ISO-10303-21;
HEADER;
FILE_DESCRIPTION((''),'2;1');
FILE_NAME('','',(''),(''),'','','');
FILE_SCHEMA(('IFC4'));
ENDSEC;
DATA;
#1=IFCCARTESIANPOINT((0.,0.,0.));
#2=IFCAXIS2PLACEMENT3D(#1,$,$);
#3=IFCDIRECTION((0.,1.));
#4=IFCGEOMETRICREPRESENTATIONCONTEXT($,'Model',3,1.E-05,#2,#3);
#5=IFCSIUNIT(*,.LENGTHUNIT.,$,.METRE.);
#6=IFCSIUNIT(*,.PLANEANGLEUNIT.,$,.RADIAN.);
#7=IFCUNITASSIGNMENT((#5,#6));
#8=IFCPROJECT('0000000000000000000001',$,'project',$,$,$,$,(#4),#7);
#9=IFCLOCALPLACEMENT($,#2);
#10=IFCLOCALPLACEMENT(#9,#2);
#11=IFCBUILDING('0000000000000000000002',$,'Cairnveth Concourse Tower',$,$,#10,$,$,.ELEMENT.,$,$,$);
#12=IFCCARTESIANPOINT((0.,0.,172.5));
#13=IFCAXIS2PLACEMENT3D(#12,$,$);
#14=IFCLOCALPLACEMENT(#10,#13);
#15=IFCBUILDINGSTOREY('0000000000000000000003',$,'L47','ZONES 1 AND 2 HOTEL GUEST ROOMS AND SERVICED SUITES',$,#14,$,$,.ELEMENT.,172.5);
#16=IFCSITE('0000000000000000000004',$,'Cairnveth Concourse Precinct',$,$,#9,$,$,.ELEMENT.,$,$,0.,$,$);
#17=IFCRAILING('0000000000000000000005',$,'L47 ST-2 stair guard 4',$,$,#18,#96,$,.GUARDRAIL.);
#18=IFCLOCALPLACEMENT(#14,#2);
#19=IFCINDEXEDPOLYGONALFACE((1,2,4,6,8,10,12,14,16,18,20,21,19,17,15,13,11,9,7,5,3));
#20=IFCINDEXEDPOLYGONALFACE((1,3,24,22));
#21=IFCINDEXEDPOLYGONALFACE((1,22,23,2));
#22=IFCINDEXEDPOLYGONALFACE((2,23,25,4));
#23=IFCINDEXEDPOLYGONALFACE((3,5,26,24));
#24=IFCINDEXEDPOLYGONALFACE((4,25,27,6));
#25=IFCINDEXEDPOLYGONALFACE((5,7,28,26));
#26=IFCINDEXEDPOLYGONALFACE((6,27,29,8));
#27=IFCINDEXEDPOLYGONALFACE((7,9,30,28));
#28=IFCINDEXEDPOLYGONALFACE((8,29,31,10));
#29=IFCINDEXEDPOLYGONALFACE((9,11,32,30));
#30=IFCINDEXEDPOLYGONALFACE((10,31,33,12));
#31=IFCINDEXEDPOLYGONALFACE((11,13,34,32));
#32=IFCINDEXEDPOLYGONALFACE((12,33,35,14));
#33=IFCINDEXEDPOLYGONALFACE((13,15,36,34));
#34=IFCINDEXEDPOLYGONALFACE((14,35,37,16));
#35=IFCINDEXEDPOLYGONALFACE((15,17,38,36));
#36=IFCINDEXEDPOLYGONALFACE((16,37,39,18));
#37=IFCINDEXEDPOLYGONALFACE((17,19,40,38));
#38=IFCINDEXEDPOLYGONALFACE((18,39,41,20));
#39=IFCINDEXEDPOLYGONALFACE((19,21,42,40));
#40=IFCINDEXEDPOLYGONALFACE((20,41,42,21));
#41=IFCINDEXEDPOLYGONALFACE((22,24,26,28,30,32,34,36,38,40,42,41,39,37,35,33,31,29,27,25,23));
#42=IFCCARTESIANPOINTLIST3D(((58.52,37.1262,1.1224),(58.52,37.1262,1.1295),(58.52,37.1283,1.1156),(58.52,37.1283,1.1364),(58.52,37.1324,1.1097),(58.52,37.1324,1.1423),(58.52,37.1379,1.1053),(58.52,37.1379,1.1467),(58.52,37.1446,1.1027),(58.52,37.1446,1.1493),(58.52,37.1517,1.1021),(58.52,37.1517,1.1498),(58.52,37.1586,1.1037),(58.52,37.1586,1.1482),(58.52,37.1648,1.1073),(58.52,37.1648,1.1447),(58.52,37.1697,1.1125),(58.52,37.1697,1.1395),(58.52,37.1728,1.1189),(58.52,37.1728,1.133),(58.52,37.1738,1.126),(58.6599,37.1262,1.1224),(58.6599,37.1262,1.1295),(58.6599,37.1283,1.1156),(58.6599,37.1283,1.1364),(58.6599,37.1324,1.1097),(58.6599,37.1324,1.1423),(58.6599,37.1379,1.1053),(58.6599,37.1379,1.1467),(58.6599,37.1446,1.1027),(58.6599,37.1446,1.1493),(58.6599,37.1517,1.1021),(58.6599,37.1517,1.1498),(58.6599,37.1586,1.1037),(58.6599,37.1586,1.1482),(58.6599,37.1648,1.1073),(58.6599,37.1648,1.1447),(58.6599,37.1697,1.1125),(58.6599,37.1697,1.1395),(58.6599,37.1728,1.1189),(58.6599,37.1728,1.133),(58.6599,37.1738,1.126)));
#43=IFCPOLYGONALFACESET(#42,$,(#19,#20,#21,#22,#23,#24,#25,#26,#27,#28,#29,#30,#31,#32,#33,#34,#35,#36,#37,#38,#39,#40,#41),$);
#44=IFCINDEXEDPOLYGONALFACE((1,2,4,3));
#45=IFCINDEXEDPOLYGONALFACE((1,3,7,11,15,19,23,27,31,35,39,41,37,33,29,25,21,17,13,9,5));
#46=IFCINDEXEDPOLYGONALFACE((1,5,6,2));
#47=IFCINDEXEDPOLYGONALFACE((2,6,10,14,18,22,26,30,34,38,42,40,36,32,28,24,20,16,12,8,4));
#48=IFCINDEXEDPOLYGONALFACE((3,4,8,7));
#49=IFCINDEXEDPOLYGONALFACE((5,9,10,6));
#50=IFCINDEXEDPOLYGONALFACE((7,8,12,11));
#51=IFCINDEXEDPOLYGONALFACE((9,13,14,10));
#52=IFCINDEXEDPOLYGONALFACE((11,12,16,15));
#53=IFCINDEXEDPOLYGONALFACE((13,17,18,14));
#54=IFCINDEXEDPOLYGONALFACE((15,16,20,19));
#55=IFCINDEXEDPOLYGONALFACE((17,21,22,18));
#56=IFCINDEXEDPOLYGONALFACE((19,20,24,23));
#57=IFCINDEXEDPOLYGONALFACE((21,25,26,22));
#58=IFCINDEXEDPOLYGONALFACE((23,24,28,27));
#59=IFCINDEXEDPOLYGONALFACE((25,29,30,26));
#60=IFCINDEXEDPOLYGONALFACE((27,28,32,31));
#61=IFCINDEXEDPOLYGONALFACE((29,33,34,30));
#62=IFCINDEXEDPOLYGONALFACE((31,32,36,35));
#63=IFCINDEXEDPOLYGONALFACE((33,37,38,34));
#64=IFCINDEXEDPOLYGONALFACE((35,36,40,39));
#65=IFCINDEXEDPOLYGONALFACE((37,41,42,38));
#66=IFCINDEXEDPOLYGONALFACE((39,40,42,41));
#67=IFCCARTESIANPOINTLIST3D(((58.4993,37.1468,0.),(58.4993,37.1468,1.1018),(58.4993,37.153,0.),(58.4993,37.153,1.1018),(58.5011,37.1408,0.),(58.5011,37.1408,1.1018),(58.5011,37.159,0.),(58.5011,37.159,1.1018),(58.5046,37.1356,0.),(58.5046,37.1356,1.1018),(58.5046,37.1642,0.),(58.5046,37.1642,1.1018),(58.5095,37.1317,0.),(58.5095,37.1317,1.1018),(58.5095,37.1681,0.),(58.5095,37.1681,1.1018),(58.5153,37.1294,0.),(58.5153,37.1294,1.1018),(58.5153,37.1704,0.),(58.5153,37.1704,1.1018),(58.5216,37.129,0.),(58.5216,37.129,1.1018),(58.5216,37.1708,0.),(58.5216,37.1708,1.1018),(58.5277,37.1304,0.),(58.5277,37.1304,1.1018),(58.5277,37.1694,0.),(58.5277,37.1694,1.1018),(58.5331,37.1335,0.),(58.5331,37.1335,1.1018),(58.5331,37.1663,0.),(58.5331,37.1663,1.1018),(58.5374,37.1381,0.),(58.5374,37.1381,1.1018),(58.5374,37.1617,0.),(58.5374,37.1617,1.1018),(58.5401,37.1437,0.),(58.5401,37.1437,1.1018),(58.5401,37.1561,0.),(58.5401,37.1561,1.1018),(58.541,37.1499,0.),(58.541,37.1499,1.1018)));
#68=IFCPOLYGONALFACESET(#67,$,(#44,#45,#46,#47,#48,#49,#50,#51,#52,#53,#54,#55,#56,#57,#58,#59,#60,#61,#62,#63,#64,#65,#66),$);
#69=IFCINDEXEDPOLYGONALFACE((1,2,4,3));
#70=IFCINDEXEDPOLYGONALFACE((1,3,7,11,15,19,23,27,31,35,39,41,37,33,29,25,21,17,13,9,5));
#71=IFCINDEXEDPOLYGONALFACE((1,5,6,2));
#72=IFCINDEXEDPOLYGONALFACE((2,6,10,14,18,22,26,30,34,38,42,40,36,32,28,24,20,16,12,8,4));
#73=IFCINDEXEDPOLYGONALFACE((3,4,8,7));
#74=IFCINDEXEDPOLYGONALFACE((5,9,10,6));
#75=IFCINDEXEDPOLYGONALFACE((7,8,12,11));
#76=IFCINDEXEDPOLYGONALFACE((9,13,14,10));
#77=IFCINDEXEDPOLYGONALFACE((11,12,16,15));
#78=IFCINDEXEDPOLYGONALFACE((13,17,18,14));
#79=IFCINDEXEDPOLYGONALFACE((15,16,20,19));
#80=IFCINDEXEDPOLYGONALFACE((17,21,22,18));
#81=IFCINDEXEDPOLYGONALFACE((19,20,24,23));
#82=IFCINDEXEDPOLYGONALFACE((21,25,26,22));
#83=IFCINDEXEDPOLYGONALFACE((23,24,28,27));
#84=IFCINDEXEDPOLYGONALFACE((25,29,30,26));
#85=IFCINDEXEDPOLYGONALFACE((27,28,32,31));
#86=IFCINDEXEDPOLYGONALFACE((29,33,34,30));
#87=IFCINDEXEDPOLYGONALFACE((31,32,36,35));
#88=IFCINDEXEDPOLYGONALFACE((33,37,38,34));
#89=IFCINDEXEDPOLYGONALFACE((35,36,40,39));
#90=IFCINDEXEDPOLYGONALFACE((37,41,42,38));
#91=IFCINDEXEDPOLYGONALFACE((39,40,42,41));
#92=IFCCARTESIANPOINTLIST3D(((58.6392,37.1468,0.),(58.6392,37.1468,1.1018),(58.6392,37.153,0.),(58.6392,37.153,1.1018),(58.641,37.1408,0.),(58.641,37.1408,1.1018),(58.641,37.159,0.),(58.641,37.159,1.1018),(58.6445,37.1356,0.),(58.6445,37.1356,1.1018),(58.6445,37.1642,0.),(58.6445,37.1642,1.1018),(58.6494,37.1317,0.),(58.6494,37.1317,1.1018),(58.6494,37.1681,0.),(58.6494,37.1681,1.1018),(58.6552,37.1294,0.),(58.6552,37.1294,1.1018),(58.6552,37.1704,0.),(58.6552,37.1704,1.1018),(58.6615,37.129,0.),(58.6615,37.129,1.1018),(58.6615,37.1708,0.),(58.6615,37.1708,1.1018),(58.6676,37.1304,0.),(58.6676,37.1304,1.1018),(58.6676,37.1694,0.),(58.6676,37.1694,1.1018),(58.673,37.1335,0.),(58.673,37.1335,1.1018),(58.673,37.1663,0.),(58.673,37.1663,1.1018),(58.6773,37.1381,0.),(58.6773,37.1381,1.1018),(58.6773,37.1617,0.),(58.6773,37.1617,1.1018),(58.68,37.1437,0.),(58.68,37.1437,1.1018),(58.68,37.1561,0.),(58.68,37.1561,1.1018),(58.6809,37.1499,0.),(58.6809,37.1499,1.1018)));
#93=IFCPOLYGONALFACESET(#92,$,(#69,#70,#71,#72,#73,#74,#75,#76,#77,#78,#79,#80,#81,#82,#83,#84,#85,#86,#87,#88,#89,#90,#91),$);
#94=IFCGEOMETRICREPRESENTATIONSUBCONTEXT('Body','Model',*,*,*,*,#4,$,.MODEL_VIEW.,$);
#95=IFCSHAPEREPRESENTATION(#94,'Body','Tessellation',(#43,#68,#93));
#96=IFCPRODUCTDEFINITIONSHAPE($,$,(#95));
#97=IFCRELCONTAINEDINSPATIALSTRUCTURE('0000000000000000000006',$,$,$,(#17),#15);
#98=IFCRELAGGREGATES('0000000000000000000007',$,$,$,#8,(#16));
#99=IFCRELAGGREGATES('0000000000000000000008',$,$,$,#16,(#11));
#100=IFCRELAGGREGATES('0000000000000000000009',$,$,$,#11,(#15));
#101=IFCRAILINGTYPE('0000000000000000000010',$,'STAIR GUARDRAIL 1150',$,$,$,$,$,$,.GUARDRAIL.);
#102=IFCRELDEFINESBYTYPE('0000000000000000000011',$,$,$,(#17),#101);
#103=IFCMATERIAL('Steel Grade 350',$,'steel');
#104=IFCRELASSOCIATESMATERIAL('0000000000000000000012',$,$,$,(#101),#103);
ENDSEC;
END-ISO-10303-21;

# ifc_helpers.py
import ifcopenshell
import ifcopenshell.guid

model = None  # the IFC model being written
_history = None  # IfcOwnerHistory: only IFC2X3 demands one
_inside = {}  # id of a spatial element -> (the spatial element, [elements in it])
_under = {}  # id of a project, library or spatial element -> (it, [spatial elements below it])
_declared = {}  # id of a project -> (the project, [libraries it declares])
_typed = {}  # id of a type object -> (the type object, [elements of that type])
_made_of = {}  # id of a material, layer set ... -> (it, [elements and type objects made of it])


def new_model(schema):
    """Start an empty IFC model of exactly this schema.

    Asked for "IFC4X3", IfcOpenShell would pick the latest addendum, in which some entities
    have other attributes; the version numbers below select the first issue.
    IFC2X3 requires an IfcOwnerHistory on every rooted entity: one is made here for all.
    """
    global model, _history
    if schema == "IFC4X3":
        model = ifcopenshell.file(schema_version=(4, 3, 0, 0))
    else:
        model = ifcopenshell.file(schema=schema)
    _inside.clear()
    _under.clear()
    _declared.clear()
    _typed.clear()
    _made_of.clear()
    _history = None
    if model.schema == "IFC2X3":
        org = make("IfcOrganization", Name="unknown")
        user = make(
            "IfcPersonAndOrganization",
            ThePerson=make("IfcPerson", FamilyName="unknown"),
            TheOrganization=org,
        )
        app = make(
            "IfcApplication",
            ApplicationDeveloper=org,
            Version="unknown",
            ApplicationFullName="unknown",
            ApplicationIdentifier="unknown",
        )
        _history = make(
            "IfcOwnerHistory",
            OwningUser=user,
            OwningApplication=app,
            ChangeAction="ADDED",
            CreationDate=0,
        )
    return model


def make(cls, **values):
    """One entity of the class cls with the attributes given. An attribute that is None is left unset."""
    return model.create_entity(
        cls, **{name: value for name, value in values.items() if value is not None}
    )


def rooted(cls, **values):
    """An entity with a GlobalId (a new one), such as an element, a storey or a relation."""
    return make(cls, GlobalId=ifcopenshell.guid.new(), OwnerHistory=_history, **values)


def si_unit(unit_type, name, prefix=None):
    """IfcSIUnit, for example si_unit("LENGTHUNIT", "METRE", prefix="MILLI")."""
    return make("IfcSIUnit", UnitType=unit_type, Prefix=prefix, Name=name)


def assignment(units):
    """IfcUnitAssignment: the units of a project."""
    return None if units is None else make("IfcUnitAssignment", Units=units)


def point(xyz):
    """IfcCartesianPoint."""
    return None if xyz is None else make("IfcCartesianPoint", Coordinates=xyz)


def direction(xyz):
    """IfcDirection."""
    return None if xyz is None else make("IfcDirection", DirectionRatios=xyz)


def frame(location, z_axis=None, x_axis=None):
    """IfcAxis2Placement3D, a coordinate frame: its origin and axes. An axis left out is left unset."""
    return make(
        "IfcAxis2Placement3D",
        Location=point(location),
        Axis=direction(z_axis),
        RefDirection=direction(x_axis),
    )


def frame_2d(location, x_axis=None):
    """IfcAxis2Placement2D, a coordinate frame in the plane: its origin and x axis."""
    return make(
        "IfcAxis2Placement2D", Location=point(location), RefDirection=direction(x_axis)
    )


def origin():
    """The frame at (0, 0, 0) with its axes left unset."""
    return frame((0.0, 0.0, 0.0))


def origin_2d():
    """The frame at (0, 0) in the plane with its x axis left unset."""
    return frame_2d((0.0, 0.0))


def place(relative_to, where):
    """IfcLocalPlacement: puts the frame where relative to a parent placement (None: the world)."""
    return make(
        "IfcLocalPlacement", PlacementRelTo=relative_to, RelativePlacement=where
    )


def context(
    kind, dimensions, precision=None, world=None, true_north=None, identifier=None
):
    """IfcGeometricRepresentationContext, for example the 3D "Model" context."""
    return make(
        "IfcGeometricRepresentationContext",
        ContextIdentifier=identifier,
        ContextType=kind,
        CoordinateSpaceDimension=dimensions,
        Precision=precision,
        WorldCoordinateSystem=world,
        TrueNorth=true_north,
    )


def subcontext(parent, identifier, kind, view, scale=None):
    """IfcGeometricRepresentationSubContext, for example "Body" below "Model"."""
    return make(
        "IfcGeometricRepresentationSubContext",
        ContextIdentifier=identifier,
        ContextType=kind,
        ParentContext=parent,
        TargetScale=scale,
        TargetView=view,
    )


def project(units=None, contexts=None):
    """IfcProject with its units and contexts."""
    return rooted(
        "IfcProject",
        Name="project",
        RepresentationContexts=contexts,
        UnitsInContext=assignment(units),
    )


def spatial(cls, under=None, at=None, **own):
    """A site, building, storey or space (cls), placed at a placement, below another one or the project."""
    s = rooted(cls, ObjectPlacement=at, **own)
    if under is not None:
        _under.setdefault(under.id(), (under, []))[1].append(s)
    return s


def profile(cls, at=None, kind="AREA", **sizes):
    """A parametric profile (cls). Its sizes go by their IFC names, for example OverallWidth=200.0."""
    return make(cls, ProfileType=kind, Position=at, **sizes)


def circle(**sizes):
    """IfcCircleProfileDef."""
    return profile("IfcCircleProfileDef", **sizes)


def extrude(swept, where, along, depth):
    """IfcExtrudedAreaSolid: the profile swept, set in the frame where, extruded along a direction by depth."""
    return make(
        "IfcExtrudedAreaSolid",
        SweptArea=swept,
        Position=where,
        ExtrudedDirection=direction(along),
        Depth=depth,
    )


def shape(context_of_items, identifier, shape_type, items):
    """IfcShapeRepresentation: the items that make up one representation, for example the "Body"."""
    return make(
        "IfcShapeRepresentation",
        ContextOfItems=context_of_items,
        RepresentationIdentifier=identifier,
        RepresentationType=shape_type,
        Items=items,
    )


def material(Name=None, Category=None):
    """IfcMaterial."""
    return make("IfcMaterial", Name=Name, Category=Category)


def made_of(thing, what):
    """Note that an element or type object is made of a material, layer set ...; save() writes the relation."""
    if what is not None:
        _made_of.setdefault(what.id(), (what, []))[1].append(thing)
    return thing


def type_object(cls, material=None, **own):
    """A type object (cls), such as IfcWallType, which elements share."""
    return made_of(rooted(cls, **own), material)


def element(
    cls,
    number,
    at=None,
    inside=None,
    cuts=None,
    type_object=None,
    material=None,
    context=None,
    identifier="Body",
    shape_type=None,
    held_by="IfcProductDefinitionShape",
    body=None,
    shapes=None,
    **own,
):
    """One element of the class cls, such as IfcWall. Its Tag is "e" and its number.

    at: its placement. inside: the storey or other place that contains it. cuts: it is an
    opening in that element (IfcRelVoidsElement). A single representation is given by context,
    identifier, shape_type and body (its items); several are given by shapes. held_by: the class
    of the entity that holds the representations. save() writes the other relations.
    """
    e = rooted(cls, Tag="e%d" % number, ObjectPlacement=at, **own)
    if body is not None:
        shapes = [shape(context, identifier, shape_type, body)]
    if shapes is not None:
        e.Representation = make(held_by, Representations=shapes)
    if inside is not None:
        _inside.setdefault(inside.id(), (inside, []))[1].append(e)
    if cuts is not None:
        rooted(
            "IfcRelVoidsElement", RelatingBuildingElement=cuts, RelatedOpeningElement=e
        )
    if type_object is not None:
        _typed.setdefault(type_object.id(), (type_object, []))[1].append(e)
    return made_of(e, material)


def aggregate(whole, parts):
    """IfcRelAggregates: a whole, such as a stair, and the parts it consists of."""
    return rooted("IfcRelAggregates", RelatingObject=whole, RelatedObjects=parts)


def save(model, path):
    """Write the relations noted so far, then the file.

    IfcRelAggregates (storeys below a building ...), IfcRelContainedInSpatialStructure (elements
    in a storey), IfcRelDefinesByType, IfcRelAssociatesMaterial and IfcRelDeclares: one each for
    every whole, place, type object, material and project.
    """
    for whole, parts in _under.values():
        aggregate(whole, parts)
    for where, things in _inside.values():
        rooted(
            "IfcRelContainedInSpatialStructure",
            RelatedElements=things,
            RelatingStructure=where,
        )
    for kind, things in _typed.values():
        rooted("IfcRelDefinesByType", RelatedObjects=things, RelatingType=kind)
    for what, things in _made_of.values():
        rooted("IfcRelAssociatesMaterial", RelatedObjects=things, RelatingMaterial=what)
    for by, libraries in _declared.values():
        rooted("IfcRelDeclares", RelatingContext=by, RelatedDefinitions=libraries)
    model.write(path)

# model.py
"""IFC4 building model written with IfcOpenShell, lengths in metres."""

from ifc_helpers import new_model, si_unit, direction, frame, origin, origin_2d, place, context, subcontext, project, spatial, circle, extrude, material, type_object, element, save


model = new_model("IFC4")

# Units and contexts
model_context = context("Model", 3, precision=1e-05, world=origin(), true_north=direction((0.0, 1.0)))
body_context = subcontext(model_context, "Body", "Model", "MODEL_VIEW")
ifc_project = project(units=[si_unit("LENGTHUNIT", "METRE"), si_unit("PLANEANGLEUNIT", "RADIAN")], contexts=[model_context])

# Site, building, storey
site_placement = place(None, origin())
site = spatial("IfcSite", under=ifc_project, at=site_placement, Name="Cairnveth Concourse Precinct", CompositionType="ELEMENT", RefElevation=0.0)
building_placement = place(site_placement, origin())
building = spatial("IfcBuilding", under=site, at=building_placement, Name="Cairnveth Concourse Tower", CompositionType="ELEMENT")
storey_placement = place(building_placement, frame((0.0, 0.0, 172.5)))
storey = spatial("IfcBuildingStorey", under=building, at=storey_placement, Name="L47", Description="ZONES 1 AND 2 HOTEL GUEST ROOMS AND SERVICED SUITES", CompositionType="ELEMENT", Elevation=172.5)

# Shared definitions
ifc_material_1 = material(Name="Steel Grade 350", Category="steel")

# Railing
railing_type_1 = type_object("IfcRailingType", Name="STAIR GUARDRAIL 1150", PredefinedType="GUARDRAIL", material=ifc_material_1)
railing_1_placement = place(storey_placement, frame((58.52, 37.1499, 0.0)))
element("IfcRailing", 1, at=railing_1_placement, inside=storey, type_object=railing_type_1, Name="L47 ST-2 stair guard 4", PredefinedType="GUARDRAIL", context=body_context, shape_type="SweptSolid", body=[
    extrude(circle(Radius=0.0239, at=origin_2d()), frame((0.0, 0.0, 1.126), z_axis=(1.0, 0.0, 0.0), x_axis=(0.0, 1.0, 0.0)), (0.0, 0.0, 1.0), 0.1399),
    extrude(circle(Radius=0.021, at=origin_2d()), origin(), (0.0, 0.0, 1.0), 1.1018),
    extrude(circle(Radius=0.021, at=origin_2d()), frame((0.1399, 0.0, 0.0)), (0.0, 0.0, 1.0), 1.1018),
])

save(model, "model.ifc")
